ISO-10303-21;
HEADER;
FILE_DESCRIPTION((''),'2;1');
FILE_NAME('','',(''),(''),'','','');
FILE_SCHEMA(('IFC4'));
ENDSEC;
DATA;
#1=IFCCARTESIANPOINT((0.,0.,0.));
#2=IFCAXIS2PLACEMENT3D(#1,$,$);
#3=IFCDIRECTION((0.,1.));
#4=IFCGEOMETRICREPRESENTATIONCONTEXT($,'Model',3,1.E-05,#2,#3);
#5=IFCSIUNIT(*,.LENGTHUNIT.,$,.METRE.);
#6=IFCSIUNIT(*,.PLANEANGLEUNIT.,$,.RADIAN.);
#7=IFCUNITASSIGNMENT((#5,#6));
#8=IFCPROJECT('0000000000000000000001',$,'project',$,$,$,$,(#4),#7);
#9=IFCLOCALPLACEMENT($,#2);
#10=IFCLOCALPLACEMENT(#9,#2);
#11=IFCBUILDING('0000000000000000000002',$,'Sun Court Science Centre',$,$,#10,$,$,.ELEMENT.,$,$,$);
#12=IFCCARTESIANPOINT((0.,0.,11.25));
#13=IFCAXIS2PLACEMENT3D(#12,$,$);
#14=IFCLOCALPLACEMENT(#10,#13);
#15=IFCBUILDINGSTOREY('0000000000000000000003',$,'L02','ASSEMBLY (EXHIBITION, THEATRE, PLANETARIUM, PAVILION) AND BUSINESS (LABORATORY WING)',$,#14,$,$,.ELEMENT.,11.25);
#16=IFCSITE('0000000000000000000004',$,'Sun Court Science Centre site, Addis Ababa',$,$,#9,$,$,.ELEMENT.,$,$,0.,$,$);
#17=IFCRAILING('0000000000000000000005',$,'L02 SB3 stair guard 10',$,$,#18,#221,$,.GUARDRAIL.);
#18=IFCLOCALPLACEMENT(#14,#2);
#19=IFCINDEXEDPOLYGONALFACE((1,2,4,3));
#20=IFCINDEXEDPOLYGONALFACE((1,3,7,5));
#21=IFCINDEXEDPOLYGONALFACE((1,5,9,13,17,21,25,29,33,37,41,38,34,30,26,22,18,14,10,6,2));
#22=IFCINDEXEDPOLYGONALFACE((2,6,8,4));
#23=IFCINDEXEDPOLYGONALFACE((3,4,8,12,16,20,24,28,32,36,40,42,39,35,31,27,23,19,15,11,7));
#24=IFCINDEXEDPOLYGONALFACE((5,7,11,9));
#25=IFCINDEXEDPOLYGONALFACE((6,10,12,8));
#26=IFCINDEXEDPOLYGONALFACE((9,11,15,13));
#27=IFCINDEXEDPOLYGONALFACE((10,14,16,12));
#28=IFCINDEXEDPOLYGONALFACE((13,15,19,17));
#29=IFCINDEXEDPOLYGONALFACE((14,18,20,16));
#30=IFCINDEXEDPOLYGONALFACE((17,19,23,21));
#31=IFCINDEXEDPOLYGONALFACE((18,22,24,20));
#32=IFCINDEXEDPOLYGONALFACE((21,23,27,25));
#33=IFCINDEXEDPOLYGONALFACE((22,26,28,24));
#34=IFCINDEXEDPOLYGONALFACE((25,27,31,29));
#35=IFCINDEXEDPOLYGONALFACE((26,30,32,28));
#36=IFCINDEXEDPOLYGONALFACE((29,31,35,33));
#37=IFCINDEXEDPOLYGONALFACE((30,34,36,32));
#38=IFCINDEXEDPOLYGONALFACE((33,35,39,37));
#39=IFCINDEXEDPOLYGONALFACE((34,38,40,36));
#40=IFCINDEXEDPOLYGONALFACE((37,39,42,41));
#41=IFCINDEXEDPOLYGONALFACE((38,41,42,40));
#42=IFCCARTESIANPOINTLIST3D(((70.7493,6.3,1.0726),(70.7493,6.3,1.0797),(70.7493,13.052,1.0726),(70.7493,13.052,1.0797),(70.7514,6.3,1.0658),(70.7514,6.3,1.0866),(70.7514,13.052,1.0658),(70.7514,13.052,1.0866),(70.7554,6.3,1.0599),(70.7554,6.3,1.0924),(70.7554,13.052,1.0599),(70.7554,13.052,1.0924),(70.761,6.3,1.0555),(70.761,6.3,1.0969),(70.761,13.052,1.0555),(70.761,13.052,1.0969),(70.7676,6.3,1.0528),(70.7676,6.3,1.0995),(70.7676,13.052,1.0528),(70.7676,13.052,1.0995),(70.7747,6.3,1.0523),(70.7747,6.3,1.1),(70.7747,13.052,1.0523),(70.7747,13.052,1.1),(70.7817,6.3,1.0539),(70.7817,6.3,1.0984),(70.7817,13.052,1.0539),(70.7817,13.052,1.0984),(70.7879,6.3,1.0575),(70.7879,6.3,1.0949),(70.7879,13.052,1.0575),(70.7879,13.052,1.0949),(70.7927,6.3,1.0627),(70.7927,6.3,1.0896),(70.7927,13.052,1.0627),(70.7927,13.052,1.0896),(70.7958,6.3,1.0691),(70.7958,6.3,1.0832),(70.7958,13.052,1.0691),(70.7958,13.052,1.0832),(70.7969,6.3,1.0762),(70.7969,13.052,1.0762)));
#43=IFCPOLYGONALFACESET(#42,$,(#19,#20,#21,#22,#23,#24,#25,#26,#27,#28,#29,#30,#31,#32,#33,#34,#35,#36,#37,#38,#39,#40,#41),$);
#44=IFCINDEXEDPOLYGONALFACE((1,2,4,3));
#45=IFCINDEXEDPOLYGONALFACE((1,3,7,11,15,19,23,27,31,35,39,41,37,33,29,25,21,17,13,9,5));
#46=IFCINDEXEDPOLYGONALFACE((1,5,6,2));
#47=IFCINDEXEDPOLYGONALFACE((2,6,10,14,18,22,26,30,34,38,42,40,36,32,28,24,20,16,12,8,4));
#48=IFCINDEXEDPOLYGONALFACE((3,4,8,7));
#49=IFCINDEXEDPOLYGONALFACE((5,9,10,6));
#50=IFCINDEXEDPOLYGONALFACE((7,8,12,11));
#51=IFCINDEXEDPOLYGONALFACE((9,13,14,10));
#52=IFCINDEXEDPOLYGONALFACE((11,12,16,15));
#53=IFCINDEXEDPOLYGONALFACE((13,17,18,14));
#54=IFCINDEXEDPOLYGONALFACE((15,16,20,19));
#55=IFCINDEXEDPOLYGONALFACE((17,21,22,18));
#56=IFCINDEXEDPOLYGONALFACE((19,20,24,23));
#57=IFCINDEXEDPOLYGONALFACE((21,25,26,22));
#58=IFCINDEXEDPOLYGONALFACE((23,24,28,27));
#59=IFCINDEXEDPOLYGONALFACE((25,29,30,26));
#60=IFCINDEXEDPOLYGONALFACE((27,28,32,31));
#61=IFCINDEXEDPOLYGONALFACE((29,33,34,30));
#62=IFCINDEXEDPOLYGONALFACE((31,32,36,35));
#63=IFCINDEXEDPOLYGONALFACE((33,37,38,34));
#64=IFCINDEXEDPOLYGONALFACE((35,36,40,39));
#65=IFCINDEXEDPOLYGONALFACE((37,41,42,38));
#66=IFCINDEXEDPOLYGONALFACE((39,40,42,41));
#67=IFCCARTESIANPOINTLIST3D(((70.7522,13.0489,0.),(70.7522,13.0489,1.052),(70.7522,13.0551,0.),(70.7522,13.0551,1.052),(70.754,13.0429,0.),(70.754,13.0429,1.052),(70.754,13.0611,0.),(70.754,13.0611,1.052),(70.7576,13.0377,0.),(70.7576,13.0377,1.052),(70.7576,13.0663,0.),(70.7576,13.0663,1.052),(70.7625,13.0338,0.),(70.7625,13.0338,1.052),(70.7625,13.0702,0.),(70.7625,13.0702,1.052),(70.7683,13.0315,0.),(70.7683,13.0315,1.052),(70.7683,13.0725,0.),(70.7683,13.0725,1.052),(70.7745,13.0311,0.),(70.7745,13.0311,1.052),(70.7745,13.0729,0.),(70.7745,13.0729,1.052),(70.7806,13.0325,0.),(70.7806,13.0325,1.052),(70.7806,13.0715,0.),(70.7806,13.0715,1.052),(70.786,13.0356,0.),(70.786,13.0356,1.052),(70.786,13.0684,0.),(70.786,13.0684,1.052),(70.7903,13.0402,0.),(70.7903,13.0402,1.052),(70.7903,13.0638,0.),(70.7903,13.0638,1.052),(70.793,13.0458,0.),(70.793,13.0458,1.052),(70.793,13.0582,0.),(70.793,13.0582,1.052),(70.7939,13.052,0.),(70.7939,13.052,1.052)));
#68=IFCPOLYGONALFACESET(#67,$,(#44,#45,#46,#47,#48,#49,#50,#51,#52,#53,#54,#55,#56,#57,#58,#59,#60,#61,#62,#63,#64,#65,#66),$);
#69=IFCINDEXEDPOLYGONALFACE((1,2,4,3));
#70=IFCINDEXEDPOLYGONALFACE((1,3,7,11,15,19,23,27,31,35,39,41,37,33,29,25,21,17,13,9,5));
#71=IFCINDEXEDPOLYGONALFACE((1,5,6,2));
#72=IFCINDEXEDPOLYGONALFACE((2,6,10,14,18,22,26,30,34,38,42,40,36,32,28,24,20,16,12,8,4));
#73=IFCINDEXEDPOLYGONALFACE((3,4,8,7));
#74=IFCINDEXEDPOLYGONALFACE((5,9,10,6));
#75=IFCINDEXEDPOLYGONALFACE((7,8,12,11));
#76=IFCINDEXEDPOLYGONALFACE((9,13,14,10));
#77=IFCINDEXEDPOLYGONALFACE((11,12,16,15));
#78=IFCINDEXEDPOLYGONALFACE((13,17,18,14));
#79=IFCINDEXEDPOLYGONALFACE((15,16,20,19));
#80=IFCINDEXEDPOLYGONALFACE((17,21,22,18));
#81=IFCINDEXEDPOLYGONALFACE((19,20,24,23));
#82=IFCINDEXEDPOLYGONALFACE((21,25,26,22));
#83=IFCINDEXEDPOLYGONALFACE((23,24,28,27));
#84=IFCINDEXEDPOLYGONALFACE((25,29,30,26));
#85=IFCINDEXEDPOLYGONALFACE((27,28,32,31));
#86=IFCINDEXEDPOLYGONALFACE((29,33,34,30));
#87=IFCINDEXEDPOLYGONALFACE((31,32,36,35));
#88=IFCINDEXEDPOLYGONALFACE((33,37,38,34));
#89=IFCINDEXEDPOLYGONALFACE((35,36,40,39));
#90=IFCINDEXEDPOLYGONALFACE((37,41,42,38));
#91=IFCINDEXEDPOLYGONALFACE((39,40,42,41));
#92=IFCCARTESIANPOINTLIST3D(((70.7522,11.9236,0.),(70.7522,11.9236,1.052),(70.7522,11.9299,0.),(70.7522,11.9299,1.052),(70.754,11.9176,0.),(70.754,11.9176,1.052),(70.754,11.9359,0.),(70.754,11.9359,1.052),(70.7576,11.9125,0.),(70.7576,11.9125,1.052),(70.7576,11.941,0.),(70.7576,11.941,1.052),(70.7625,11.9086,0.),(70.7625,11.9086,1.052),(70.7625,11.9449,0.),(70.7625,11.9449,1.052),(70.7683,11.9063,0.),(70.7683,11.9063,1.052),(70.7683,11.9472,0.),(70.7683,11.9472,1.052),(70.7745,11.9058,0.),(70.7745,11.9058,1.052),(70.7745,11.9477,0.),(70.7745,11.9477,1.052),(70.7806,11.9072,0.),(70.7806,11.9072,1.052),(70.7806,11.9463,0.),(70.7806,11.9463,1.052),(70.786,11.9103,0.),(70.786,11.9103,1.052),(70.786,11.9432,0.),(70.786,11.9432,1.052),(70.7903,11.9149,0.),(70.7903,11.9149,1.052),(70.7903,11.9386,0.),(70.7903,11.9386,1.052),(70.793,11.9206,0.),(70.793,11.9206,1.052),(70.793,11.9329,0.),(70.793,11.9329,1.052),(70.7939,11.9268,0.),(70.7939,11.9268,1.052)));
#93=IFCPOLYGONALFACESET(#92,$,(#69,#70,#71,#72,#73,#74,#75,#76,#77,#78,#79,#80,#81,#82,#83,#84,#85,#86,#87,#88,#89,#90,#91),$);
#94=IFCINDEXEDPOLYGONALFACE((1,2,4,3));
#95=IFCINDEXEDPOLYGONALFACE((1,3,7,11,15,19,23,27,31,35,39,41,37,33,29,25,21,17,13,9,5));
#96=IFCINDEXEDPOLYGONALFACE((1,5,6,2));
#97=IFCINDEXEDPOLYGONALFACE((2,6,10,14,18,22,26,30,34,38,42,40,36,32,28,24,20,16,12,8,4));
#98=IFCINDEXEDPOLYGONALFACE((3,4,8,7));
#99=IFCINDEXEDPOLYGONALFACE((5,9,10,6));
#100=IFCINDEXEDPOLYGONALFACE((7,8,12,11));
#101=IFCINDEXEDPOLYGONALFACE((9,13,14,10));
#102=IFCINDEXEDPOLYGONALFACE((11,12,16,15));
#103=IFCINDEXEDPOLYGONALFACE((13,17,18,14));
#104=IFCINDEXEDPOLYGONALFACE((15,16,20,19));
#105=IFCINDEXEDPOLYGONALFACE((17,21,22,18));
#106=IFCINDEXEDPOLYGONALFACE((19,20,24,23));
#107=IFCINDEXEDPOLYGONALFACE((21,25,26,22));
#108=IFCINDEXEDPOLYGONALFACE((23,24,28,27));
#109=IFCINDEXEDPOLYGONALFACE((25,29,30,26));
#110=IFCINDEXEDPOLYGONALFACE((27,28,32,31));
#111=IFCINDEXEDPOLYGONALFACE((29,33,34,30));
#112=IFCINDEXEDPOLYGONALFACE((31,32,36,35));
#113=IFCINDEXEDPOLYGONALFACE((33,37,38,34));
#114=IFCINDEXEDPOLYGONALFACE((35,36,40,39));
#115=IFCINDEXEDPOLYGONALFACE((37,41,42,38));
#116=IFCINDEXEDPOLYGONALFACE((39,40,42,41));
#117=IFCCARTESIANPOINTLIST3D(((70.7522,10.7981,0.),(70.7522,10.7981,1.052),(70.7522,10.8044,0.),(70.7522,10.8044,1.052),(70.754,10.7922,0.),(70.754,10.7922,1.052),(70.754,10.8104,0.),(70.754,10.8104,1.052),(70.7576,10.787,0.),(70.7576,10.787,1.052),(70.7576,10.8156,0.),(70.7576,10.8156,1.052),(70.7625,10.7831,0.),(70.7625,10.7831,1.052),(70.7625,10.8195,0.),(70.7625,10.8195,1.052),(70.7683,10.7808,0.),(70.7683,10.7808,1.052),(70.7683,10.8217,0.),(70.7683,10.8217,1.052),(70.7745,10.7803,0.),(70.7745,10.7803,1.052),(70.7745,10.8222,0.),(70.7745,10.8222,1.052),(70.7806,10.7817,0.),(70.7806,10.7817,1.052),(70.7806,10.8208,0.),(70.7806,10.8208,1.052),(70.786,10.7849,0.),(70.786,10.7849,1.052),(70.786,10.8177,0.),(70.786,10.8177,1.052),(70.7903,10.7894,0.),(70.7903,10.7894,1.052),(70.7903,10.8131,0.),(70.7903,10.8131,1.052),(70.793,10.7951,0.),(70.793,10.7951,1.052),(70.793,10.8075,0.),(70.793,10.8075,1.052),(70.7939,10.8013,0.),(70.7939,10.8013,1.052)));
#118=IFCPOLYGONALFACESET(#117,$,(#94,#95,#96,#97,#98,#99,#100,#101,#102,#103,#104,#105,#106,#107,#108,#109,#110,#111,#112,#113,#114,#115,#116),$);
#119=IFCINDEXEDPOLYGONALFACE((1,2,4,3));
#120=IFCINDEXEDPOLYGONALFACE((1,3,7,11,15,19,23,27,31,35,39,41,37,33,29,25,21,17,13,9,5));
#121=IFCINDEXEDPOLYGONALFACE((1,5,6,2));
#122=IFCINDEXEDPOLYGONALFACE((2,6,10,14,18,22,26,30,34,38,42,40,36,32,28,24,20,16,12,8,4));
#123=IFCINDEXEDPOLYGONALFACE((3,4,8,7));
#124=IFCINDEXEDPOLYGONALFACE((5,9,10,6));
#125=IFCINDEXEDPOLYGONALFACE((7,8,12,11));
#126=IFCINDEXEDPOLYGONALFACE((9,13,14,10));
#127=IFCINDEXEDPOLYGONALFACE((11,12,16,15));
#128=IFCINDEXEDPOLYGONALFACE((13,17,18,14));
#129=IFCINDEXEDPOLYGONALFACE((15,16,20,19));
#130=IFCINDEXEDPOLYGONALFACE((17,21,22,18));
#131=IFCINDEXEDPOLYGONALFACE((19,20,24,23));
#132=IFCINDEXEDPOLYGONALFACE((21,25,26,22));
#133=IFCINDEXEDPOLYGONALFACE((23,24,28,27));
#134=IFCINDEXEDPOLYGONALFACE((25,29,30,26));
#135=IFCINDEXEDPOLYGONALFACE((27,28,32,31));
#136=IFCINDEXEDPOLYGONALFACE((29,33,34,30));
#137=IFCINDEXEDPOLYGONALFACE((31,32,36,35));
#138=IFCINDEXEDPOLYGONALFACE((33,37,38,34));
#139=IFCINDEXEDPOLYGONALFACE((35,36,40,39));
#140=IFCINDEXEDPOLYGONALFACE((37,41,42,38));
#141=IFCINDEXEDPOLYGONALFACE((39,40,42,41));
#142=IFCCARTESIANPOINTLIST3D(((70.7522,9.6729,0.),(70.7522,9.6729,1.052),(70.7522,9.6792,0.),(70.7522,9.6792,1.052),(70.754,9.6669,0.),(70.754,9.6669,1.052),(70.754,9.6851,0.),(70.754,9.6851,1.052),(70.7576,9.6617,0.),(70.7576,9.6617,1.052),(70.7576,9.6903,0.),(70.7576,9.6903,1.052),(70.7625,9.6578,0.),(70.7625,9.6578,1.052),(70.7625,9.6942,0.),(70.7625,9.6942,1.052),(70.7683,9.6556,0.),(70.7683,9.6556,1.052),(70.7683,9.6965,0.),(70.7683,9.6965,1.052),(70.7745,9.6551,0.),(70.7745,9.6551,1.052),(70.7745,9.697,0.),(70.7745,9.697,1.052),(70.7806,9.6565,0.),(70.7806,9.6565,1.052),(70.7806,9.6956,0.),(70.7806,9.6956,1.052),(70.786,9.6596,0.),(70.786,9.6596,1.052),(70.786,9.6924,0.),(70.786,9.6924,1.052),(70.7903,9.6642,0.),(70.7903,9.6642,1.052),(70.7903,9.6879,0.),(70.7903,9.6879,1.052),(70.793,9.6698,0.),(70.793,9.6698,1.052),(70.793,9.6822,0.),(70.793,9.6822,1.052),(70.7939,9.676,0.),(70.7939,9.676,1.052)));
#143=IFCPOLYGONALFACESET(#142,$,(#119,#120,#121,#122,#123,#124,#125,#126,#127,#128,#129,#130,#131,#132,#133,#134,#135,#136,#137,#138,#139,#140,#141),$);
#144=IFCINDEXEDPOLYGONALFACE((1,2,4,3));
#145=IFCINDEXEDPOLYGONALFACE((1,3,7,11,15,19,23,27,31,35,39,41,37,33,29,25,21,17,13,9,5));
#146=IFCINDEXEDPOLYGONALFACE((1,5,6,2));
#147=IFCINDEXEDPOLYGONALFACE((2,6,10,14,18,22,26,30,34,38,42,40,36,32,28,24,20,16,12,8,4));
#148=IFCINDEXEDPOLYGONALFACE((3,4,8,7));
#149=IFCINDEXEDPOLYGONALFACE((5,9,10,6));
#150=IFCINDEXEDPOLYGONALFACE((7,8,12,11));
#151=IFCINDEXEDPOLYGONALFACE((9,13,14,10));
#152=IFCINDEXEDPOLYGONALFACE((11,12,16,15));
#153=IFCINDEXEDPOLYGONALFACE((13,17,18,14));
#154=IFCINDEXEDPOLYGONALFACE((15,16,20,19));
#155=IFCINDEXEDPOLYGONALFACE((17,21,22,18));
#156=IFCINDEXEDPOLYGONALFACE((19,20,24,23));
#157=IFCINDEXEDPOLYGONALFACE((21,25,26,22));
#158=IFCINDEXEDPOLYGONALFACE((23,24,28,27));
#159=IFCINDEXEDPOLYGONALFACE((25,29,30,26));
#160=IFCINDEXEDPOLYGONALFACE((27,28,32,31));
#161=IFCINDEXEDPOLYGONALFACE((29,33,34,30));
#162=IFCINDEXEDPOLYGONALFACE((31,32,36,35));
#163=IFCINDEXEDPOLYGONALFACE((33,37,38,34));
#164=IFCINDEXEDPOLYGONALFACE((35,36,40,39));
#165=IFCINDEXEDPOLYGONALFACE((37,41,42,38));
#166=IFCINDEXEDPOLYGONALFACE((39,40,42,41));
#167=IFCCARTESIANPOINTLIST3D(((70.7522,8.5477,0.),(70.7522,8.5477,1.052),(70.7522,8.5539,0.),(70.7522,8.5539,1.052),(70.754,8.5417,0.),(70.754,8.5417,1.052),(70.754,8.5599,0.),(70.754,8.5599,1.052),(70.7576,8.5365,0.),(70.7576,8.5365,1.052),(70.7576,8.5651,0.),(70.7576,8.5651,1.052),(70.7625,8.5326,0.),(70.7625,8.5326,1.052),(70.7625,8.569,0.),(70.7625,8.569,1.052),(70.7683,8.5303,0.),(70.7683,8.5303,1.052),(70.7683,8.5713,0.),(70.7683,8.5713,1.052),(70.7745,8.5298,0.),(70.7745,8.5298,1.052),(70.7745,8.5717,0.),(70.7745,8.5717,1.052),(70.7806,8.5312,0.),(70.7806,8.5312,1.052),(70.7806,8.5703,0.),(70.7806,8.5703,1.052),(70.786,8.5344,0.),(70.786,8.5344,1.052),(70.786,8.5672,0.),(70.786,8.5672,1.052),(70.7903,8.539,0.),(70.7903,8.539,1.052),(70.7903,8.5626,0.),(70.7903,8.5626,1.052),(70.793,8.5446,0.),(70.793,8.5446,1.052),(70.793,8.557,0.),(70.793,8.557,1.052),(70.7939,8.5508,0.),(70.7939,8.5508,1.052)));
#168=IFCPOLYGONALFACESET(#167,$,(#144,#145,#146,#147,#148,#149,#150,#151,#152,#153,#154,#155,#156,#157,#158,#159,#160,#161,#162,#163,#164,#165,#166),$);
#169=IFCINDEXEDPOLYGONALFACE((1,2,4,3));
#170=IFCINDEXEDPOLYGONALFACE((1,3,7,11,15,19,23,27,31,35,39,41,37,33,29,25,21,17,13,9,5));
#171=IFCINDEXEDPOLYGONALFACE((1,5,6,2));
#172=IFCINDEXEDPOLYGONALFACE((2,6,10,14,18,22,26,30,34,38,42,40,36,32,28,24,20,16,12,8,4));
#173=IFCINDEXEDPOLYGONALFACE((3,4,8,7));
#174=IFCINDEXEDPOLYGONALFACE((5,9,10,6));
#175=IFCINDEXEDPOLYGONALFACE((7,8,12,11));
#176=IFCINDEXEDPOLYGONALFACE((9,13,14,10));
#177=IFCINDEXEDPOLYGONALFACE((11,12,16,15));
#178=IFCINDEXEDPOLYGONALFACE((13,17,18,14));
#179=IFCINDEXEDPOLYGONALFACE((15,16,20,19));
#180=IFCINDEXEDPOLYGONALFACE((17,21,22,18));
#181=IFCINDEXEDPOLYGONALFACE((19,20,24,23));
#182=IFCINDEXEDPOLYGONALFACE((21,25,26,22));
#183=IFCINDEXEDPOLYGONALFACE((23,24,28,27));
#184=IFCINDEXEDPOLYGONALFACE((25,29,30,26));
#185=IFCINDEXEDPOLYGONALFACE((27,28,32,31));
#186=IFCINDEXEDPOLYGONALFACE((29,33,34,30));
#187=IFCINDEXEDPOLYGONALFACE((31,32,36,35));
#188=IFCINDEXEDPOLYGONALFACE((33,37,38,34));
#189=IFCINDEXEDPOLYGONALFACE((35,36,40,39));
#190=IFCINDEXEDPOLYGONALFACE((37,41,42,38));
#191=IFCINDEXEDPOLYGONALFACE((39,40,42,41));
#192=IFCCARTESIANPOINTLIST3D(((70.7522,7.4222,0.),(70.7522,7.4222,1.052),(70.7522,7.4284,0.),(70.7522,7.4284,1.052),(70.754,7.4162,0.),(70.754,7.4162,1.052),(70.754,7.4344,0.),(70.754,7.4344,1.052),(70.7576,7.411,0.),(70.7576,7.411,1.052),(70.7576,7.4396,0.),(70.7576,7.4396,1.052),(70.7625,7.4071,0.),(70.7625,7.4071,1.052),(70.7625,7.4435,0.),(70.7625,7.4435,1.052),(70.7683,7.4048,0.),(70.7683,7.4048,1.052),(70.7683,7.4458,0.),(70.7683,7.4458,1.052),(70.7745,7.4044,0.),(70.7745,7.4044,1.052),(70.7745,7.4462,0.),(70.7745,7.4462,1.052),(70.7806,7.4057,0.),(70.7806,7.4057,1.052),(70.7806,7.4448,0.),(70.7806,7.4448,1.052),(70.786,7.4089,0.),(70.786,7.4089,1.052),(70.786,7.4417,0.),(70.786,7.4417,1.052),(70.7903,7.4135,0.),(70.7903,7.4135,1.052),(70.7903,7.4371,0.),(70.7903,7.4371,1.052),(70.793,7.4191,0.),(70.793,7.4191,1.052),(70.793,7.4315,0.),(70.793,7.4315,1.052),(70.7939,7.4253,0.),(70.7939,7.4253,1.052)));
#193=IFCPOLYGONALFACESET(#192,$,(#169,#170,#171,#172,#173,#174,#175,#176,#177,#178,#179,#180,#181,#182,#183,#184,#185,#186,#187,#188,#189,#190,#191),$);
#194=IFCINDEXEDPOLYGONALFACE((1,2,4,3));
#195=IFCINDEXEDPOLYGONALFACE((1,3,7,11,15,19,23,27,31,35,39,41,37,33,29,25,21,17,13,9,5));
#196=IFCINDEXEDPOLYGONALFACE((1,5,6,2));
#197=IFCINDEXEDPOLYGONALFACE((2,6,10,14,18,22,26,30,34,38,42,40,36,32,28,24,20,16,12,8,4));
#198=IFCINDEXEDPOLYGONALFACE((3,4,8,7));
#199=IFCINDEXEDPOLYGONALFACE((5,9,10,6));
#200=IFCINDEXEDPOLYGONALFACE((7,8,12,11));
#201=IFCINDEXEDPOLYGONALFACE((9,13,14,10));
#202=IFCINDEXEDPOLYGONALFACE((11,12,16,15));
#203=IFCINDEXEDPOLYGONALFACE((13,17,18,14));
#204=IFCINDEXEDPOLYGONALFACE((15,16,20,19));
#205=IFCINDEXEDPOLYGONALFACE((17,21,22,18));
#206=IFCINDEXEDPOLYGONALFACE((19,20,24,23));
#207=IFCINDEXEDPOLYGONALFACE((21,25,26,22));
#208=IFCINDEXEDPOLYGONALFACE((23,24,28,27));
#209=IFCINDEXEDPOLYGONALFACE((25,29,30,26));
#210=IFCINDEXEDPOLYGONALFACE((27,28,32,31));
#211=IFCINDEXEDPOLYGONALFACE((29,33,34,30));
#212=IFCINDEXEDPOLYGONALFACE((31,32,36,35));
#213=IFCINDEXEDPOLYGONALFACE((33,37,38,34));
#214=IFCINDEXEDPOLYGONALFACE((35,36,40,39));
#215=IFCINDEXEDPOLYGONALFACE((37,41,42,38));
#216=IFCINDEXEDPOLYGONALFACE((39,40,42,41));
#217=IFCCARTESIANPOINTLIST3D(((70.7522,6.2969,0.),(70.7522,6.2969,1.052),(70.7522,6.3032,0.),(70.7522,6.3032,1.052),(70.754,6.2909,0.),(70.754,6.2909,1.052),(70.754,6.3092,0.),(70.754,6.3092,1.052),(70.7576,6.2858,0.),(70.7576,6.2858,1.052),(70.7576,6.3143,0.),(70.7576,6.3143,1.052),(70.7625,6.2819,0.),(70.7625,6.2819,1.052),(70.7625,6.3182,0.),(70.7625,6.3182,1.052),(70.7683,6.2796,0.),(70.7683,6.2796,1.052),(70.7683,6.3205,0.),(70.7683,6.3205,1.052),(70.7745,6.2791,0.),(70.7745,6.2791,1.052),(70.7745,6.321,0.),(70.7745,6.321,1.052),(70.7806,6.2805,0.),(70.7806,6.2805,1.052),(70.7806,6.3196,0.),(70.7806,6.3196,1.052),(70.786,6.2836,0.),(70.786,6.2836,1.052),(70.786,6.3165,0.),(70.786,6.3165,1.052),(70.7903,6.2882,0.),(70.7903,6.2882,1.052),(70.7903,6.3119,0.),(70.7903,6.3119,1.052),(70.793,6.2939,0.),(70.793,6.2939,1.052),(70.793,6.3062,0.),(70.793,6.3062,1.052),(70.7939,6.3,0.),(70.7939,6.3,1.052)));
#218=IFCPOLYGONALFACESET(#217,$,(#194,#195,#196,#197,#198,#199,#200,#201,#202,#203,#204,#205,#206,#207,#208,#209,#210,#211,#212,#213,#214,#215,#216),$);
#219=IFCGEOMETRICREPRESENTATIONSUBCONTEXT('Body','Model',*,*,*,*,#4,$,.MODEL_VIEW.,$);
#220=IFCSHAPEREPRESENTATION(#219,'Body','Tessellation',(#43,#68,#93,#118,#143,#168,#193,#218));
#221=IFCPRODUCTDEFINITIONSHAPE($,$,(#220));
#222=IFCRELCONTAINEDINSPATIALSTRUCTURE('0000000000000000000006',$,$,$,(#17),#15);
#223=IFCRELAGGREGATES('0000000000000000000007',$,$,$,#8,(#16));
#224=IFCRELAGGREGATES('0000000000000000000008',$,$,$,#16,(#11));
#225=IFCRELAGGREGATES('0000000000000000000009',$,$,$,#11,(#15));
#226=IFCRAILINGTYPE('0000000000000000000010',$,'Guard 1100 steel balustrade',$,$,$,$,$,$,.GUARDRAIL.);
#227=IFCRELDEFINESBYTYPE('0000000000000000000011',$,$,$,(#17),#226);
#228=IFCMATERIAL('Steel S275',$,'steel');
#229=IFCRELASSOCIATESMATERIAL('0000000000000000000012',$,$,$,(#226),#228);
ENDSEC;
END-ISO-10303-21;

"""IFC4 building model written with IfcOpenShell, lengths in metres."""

from ifc_helpers import new_model, si_unit, direction, frame, origin, origin_2d, place, context, subcontext, project, spatial, circle, extrude, material, type_object, element, save


model = new_model("IFC4")

# Units and contexts
model_context = context("Model", 3, precision=1e-05, world=origin(), true_north=direction((0.0, 1.0)))
body_context = subcontext(model_context, "Body", "Model", "MODEL_VIEW")
ifc_project = project(units=[si_unit("LENGTHUNIT", "METRE"), si_unit("PLANEANGLEUNIT", "RADIAN")], contexts=[model_context])

# Site, building, storey
site_placement = place(None, origin())
site = spatial("IfcSite", under=ifc_project, at=site_placement, Name="Sun Court Science Centre site, Addis Ababa", CompositionType="ELEMENT", RefElevation=0.0)
building_placement = place(site_placement, origin())
building = spatial("IfcBuilding", under=site, at=building_placement, Name="Sun Court Science Centre", CompositionType="ELEMENT")
storey_placement = place(building_placement, frame((0.0, 0.0, 11.25)))
storey = spatial("IfcBuildingStorey", under=building, at=storey_placement, Name="L02", Description="ASSEMBLY (EXHIBITION, THEATRE, PLANETARIUM, PAVILION) AND BUSINESS (LABORATORY WING)", CompositionType="ELEMENT", Elevation=11.25)

# Railing
ifc_material_1 = material(Name="Steel S275", Category="steel")
railing_type_1 = type_object("IfcRailingType", Name="Guard 1100 steel balustrade", PredefinedType="GUARDRAIL", material=ifc_material_1)
railing_1_placement = place(storey_placement, frame((70.7729, 13.052, 0.0)))
element("IfcRailing", 1, at=railing_1_placement, inside=storey, type_object=railing_type_1, Name="L02 SB3 stair guard 10", PredefinedType="GUARDRAIL", context=body_context, shape_type="SweptSolid", body=[
    extrude(circle(Radius=0.0239, at=origin_2d()), frame((0.0, 0.0, 1.0762), z_axis=(0.0, -1.0, 0.0), x_axis=(1.0, 0.0, 0.0)), (0.0, 0.0, 1.0), 6.752),
    extrude(circle(Radius=0.021, at=origin_2d()), origin(), (0.0, 0.0, 1.0), 1.052),
    extrude(circle(Radius=0.021, at=origin_2d()), frame((0.0, -1.1252, 0.0)), (0.0, 0.0, 1.0), 1.052),
    extrude(circle(Radius=0.021, at=origin_2d()), frame((0.0, -2.2507, 0.0)), (0.0, 0.0, 1.0), 1.052),
    extrude(circle(Radius=0.021, at=origin_2d()), frame((0.0, -3.376, 0.0)), (0.0, 0.0, 1.0), 1.052),
    extrude(circle(Radius=0.021, at=origin_2d()), frame((0.0, -4.5012, 0.0)), (0.0, 0.0, 1.0), 1.052),
    extrude(circle(Radius=0.021, at=origin_2d()), frame((0.0, -5.6267, 0.0)), (0.0, 0.0, 1.0), 1.052),
    extrude(circle(Radius=0.021, at=origin_2d()), frame((0.0, -6.752, 0.0)), (0.0, 0.0, 1.0), 1.052),
])

save(model, "model.ifc")
